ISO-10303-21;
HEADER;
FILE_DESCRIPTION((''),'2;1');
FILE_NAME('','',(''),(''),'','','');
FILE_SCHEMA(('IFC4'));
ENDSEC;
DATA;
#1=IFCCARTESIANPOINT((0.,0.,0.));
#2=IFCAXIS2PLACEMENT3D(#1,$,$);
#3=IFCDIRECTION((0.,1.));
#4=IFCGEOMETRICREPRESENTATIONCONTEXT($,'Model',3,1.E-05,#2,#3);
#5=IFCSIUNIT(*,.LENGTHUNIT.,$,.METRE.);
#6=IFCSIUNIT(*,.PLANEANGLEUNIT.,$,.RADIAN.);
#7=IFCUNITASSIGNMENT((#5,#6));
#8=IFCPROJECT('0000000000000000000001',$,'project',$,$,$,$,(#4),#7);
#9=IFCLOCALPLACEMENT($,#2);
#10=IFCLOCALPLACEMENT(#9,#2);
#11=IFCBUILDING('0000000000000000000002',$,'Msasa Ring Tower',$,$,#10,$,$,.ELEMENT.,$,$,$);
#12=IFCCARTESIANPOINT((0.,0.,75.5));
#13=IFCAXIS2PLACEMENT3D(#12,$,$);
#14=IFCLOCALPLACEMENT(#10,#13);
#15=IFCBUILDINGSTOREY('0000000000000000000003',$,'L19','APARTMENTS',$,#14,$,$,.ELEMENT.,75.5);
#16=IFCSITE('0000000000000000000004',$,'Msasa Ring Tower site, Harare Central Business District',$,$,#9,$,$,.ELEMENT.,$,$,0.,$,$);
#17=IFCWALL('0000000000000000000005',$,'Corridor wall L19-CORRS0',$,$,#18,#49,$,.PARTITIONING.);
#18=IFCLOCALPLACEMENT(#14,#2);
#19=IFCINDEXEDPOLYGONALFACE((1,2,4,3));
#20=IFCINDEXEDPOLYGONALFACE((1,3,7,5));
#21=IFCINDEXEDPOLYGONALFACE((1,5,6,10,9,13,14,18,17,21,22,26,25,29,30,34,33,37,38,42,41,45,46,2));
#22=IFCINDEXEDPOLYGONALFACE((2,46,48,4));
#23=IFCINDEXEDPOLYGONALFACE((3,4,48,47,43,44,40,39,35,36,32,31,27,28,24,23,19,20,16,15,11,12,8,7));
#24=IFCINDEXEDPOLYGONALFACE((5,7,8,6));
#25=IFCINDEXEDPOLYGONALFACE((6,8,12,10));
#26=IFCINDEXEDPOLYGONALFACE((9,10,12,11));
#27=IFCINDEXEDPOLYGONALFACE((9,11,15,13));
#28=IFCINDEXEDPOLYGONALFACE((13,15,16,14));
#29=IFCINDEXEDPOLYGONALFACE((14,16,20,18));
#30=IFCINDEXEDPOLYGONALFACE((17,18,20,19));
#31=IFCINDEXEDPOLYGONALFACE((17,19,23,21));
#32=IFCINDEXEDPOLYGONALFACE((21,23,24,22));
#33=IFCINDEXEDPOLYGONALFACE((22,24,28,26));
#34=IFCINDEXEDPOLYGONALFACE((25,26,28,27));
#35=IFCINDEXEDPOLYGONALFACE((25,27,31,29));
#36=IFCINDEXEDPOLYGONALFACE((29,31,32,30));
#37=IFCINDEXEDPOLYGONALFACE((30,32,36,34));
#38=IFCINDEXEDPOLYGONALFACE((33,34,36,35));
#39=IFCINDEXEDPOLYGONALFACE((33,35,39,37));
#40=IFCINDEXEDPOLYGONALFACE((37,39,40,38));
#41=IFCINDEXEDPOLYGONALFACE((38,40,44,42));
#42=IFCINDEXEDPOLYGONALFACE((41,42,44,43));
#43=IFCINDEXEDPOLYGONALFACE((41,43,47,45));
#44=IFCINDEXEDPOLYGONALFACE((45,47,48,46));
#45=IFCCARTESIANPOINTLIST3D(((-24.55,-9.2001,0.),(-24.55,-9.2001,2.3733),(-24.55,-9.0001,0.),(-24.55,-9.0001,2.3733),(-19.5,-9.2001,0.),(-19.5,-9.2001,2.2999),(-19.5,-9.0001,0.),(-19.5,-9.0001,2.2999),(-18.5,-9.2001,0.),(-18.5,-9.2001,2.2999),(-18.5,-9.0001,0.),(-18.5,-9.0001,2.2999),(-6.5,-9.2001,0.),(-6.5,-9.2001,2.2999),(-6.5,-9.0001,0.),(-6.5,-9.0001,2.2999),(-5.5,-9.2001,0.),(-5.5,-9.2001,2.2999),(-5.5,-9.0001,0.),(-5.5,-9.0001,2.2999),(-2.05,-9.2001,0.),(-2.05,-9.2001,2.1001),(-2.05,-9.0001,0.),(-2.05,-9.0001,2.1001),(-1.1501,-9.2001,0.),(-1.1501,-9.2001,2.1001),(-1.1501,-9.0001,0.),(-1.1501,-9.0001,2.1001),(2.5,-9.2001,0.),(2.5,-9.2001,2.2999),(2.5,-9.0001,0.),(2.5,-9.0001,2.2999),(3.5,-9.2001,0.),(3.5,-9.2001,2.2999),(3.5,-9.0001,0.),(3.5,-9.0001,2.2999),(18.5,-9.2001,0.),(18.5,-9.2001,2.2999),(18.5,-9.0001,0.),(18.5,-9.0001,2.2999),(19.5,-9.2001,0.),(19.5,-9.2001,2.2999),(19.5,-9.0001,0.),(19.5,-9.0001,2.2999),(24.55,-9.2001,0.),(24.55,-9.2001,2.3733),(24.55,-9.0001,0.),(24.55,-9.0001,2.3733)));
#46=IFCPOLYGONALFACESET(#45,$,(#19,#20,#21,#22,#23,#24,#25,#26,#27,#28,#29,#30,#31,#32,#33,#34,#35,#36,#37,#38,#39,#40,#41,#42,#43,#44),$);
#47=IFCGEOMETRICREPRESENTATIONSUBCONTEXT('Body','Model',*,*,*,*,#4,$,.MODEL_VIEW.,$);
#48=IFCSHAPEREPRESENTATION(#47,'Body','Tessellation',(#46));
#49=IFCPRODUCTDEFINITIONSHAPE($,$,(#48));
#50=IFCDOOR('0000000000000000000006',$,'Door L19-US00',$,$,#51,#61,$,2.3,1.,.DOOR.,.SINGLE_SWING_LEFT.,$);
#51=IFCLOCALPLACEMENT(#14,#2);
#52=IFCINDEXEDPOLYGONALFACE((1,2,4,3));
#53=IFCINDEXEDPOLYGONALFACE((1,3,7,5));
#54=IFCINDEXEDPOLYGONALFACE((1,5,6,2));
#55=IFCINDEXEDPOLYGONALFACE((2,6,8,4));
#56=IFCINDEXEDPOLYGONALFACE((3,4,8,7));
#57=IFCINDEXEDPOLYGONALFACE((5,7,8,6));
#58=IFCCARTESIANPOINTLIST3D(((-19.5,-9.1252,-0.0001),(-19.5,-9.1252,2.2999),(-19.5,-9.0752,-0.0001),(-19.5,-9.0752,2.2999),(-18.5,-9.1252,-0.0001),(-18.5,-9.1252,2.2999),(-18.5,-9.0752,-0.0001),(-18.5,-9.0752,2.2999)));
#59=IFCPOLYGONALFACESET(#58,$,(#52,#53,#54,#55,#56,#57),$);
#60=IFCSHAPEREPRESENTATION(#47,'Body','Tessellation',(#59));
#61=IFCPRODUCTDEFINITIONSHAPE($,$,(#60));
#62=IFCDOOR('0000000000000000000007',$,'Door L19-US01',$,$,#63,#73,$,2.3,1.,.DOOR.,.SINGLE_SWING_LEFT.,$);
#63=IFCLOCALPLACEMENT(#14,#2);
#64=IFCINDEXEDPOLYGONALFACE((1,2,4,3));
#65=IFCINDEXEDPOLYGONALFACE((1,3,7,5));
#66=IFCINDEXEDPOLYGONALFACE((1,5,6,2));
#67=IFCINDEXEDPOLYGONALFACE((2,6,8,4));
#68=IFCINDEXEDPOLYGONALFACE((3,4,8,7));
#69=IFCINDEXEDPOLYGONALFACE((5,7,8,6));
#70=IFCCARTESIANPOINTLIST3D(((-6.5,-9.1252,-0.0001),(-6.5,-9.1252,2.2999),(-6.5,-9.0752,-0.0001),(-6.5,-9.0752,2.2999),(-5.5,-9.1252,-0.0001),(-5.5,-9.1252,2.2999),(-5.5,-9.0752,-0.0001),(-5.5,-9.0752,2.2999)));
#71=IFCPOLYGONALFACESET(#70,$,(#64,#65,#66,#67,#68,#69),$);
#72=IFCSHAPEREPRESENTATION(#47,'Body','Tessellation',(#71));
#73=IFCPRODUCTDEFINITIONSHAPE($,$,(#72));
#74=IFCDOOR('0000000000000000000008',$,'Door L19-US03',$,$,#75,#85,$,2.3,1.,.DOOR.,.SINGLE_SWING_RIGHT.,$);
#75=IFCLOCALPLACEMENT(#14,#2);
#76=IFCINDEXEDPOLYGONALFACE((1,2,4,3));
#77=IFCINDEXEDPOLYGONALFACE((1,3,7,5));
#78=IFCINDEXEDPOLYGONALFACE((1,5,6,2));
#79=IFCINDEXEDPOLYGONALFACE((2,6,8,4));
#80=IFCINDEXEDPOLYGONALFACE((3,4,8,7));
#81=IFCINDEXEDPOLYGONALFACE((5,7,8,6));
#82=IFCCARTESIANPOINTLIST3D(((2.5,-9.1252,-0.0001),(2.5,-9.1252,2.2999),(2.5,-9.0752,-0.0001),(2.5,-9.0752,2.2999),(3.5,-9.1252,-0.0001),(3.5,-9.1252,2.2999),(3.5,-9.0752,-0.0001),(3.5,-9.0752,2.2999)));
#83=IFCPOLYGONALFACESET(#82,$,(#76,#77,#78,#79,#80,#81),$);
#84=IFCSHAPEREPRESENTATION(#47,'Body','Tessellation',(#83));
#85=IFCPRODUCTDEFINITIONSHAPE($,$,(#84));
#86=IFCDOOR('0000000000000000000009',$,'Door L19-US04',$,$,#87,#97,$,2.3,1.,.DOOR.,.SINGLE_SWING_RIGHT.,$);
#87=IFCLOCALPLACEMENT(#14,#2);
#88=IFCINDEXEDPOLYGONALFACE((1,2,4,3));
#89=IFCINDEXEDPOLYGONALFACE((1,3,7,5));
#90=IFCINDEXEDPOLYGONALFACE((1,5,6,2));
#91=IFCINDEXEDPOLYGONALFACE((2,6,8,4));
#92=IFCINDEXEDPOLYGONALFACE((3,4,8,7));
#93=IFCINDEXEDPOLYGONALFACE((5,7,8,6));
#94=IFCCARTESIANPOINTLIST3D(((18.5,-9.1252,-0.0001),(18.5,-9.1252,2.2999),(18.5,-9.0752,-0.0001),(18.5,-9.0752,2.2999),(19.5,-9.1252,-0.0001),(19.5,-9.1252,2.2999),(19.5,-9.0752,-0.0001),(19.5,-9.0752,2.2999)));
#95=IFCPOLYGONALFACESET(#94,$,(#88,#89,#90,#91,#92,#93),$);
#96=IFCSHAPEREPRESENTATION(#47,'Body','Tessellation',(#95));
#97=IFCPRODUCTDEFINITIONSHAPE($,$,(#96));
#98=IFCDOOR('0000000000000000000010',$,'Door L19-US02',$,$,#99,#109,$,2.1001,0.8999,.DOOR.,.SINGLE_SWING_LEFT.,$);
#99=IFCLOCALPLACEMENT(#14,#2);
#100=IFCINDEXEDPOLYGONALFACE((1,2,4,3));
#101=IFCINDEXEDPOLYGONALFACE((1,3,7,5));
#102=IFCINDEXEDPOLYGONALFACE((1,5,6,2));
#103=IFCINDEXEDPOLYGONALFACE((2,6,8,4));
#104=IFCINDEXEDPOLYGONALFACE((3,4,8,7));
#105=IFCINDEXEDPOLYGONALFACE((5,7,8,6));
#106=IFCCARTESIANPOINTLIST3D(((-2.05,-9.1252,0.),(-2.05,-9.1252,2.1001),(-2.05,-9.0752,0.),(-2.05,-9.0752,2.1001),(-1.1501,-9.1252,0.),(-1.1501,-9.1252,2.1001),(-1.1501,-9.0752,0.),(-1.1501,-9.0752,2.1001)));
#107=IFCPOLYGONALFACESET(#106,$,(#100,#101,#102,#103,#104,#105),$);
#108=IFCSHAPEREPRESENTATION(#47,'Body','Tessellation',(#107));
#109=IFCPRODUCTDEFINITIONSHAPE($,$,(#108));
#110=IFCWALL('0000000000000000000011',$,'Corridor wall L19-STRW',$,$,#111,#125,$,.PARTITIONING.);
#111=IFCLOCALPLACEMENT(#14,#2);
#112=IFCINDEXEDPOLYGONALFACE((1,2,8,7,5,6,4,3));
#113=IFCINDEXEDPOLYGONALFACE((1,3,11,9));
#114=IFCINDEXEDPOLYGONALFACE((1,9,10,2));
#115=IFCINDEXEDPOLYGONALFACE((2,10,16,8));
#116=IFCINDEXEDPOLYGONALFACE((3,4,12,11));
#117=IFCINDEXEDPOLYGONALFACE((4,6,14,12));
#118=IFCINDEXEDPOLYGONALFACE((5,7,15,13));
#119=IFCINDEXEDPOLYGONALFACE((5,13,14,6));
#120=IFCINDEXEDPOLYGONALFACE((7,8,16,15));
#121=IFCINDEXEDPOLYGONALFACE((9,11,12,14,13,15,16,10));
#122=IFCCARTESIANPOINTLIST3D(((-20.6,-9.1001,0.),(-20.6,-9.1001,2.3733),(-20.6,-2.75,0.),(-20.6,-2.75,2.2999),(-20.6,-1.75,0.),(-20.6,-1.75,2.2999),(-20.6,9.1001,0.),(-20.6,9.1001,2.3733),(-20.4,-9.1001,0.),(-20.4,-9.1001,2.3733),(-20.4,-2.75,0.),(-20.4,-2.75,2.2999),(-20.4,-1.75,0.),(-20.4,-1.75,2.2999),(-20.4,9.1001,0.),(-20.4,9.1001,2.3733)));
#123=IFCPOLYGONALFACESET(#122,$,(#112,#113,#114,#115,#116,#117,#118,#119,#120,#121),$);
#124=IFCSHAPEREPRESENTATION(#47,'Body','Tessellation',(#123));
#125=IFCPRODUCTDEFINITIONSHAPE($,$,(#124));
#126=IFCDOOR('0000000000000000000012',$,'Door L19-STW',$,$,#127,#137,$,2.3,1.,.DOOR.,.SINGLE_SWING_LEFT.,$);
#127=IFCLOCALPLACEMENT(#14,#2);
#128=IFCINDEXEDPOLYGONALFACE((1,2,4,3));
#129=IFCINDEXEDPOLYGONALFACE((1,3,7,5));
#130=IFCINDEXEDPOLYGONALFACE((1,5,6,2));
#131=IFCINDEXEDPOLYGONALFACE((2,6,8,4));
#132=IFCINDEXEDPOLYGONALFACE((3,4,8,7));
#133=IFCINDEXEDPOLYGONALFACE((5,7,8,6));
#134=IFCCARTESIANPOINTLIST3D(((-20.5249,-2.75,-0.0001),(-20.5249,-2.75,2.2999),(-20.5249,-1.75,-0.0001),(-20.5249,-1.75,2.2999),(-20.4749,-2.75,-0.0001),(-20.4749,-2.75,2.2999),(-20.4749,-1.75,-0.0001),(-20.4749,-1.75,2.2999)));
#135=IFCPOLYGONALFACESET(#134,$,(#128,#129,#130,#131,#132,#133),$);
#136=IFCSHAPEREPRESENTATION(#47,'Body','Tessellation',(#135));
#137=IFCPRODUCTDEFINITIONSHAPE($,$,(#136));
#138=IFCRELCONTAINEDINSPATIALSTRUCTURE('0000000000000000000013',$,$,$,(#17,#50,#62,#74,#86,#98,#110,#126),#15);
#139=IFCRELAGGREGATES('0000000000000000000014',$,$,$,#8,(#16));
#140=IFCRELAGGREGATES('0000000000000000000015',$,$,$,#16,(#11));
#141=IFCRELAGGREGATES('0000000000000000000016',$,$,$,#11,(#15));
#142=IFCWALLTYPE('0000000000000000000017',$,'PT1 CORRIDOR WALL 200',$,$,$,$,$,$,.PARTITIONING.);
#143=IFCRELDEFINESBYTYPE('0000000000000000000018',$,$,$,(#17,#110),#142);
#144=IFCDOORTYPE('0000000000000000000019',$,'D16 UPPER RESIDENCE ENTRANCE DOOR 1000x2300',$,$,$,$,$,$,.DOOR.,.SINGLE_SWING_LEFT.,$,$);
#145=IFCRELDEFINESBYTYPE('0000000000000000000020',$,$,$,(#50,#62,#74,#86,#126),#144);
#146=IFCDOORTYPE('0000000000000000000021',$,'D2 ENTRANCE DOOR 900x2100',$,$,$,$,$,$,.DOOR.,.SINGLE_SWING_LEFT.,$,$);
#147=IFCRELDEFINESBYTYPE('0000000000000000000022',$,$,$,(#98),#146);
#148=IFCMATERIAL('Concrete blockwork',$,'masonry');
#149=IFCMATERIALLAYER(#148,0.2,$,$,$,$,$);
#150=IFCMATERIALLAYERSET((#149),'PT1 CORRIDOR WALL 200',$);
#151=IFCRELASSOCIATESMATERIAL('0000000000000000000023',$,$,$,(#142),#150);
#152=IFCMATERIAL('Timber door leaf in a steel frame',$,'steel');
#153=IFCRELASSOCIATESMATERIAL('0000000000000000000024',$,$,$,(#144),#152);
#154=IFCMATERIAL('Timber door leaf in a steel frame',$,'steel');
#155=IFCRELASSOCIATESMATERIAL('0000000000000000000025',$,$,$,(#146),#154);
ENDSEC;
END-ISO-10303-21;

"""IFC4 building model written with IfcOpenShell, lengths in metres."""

from ifc_helpers import new_model, si_unit, direction, frame, frame_2d, origin, place, context, subcontext, project, spatial, rectangle, extrude, material, layer, layer_set, type_object, element, fill, save


model = new_model("IFC4")

# Units and contexts
model_context = context("Model", 3, precision=1e-05, world=origin(), true_north=direction((0.0, 1.0)))
body_context = subcontext(model_context, "Body", "Model", "MODEL_VIEW")
ifc_project = project(units=[si_unit("LENGTHUNIT", "METRE"), si_unit("PLANEANGLEUNIT", "RADIAN")], contexts=[model_context])

# Site, building, storey
site_placement = place(None, origin())
site = spatial("IfcSite", under=ifc_project, at=site_placement, Name="Msasa Ring Tower site, Harare Central Business District", CompositionType="ELEMENT", RefElevation=0.0)
building_placement = place(site_placement, origin())
building = spatial("IfcBuilding", under=site, at=building_placement, Name="Msasa Ring Tower", CompositionType="ELEMENT")
storey_placement = place(building_placement, frame((0.0, 0.0, 75.5)))
storey = spatial("IfcBuildingStorey", under=building, at=storey_placement, Name="L19", Description="APARTMENTS", CompositionType="ELEMENT", Elevation=75.5)

# Wall, openings, doors
ifc_material_1 = material(Name="Concrete blockwork", Category="masonry")
ifc_layer_1 = layer(ifc_material_1, 0.2)
ifc_layer_set_1 = layer_set([ifc_layer_1], Name="PT1 CORRIDOR WALL 200")
wall_type_1 = type_object("IfcWallType", Name="PT1 CORRIDOR WALL 200", PredefinedType="PARTITIONING", material=ifc_layer_set_1)
wall_1_placement = place(storey_placement, frame((-24.55, -9.1001, 0.0), z_axis=(0.0, 0.0, 1.0), x_axis=(1.0, 0.0, 0.0)))
wall_1 = element("IfcWall", 1, at=wall_1_placement, inside=storey, type_object=wall_type_1, Name="Corridor wall L19-CORRS0", PredefinedType="PARTITIONING", context=body_context, shape_type="SweptSolid", body=[
    extrude(rectangle(XDim=49.1001, YDim=0.2, at=frame_2d((24.55, 0.0))), origin(), (0.0, 0.0, 1.0), 2.3733),
])
opening_1_placement = place(wall_1_placement, frame((5.05, 0.0, 0.0)))
opening_1 = element("IfcOpeningElement", 2, at=opening_1_placement, cuts=wall_1, PredefinedType="OPENING", context=body_context, shape_type="SweptSolid", body=[
    extrude(rectangle(XDim=1.0, YDim=2.3, at=frame_2d((0.5, 1.1499))), frame((0.0, 0.1099, 0.0), z_axis=(0.0, -1.0, 0.0), x_axis=(1.0, 0.0, 0.0)), (0.0, 0.0, 1.0), 0.22),
])
opening_2_placement = place(wall_1_placement, frame((18.05, 0.0, 0.0)))
opening_2 = element("IfcOpeningElement", 3, at=opening_2_placement, cuts=wall_1, PredefinedType="OPENING", context=body_context, shape_type="SweptSolid", body=[
    extrude(rectangle(XDim=1.0, YDim=2.3, at=frame_2d((0.5, 1.1499))), frame((0.0, 0.1099, 0.0), z_axis=(0.0, -1.0, 0.0), x_axis=(1.0, 0.0, 0.0)), (0.0, 0.0, 1.0), 0.22),
])
opening_3_placement = place(wall_1_placement, frame((22.5, 0.0, 0.0)))
opening_3 = element("IfcOpeningElement", 4, at=opening_3_placement, cuts=wall_1, PredefinedType="OPENING", context=body_context, shape_type="SweptSolid", body=[
    extrude(rectangle(XDim=0.8999, YDim=2.1001, at=frame_2d((0.45, 1.05))), frame((0.0, 0.1099, 0.0), z_axis=(0.0, -1.0, 0.0), x_axis=(1.0, 0.0, 0.0)), (0.0, 0.0, 1.0), 0.22),
])
opening_4_placement = place(wall_1_placement, frame((27.05, 0.0, 0.0)))
opening_4 = element("IfcOpeningElement", 5, at=opening_4_placement, cuts=wall_1, PredefinedType="OPENING", context=body_context, shape_type="SweptSolid", body=[
    extrude(rectangle(XDim=1.0, YDim=2.3, at=frame_2d((0.5, 1.1499))), frame((0.0, 0.1099, 0.0), z_axis=(0.0, -1.0, 0.0), x_axis=(1.0, 0.0, 0.0)), (0.0, 0.0, 1.0), 0.22),
])
opening_5_placement = place(wall_1_placement, frame((43.05, 0.0, 0.0)))
opening_5 = element("IfcOpeningElement", 6, at=opening_5_placement, cuts=wall_1, PredefinedType="OPENING", context=body_context, shape_type="SweptSolid", body=[
    extrude(rectangle(XDim=1.0, YDim=2.3, at=frame_2d((0.5, 1.1499))), frame((0.0, 0.1099, 0.0), z_axis=(0.0, -1.0, 0.0), x_axis=(1.0, 0.0, 0.0)), (0.0, 0.0, 1.0), 0.22),
])
ifc_material_2 = material(Name="Timber door leaf in a steel frame", Category="steel")
door_type_1 = type_object("IfcDoorType", Name="D16 UPPER RESIDENCE ENTRANCE DOOR 1000x2300", OperationType="SINGLE_SWING_LEFT", PredefinedType="DOOR", material=ifc_material_2)
door_1_placement = place(opening_1_placement, origin())
door_1 = element("IfcDoor", 7, at=door_1_placement, inside=storey, type_object=door_type_1, Name="Door L19-US00", OperationType="SINGLE_SWING_LEFT", OverallHeight=2.3, OverallWidth=1.0, PredefinedType="DOOR", context=body_context, shape_type="SweptSolid", body=[
    extrude(rectangle(XDim=1.0, YDim=2.3, at=frame_2d((0.5, 1.1499))), frame((0.0, 0.0249, 0.0), z_axis=(0.0, -1.0, 0.0), x_axis=(1.0, 0.0, 0.0)), (0.0, 0.0, 1.0), 0.05),
])
fill(opening_1, door_1)
door_2_placement = place(opening_2_placement, origin())
door_2 = element("IfcDoor", 8, at=door_2_placement, inside=storey, type_object=door_type_1, Name="Door L19-US01", OperationType="SINGLE_SWING_LEFT", OverallHeight=2.3, OverallWidth=1.0, PredefinedType="DOOR", context=body_context, shape_type="SweptSolid", body=[
    extrude(rectangle(XDim=1.0, YDim=2.3, at=frame_2d((0.5, 1.1499))), frame((0.0, 0.0249, 0.0), z_axis=(0.0, -1.0, 0.0), x_axis=(1.0, 0.0, 0.0)), (0.0, 0.0, 1.0), 0.05),
])
fill(opening_2, door_2)
door_3_placement = place(opening_4_placement, origin())
door_3 = element("IfcDoor", 9, at=door_3_placement, inside=storey, type_object=door_type_1, Name="Door L19-US03", OperationType="SINGLE_SWING_RIGHT", OverallHeight=2.3, OverallWidth=1.0, PredefinedType="DOOR", context=body_context, shape_type="SweptSolid", body=[
    extrude(rectangle(XDim=1.0, YDim=2.3, at=frame_2d((0.5, 1.1499))), frame((0.0, 0.0249, 0.0), z_axis=(0.0, -1.0, 0.0), x_axis=(1.0, 0.0, 0.0)), (0.0, 0.0, 1.0), 0.05),
])
fill(opening_4, door_3)
door_4_placement = place(opening_5_placement, origin())
door_4 = element("IfcDoor", 10, at=door_4_placement, inside=storey, type_object=door_type_1, Name="Door L19-US04", OperationType="SINGLE_SWING_RIGHT", OverallHeight=2.3, OverallWidth=1.0, PredefinedType="DOOR", context=body_context, shape_type="SweptSolid", body=[
    extrude(rectangle(XDim=1.0, YDim=2.3, at=frame_2d((0.5, 1.1499))), frame((0.0, 0.0249, 0.0), z_axis=(0.0, -1.0, 0.0), x_axis=(1.0, 0.0, 0.0)), (0.0, 0.0, 1.0), 0.05),
])
fill(opening_5, door_4)
ifc_material_3 = material(Name="Timber door leaf in a steel frame", Category="steel")
door_type_2 = type_object("IfcDoorType", Name="D2 ENTRANCE DOOR 900x2100", OperationType="SINGLE_SWING_LEFT", PredefinedType="DOOR", material=ifc_material_3)
door_5_placement = place(opening_3_placement, origin())
door_5 = element("IfcDoor", 11, at=door_5_placement, inside=storey, type_object=door_type_2, Name="Door L19-US02", OperationType="SINGLE_SWING_LEFT", OverallHeight=2.1001, OverallWidth=0.8999, PredefinedType="DOOR", context=body_context, shape_type="SweptSolid", body=[
    extrude(rectangle(XDim=0.8999, YDim=2.1001, at=frame_2d((0.45, 1.05))), frame((0.0, 0.0249, 0.0), z_axis=(0.0, -1.0, 0.0), x_axis=(1.0, 0.0, 0.0)), (0.0, 0.0, 1.0), 0.05),
])
fill(opening_3, door_5)

# Wall, opening, door
wall_2_placement = place(storey_placement, frame((-20.5, -9.1001, 0.0), z_axis=(0.0, 0.0, 1.0), x_axis=(0.0, 1.0, 0.0)))
wall_2 = element("IfcWall", 12, at=wall_2_placement, inside=storey, type_object=wall_type_1, Name="Corridor wall L19-STRW", PredefinedType="PARTITIONING", context=body_context, shape_type="SweptSolid", body=[
    extrude(rectangle(XDim=18.2002, YDim=0.2, at=frame_2d((9.1001, 0.0))), origin(), (0.0, 0.0, 1.0), 2.3733),
])
opening_6_placement = place(wall_2_placement, frame((6.3501, 0.0, 0.0)))
opening_6 = element("IfcOpeningElement", 13, at=opening_6_placement, cuts=wall_2, PredefinedType="OPENING", context=body_context, shape_type="SweptSolid", body=[
    extrude(rectangle(XDim=1.0, YDim=2.3, at=frame_2d((0.5, 1.1499))), frame((0.0, 0.1099, 0.0), z_axis=(0.0, -1.0, 0.0), x_axis=(1.0, 0.0, 0.0)), (0.0, 0.0, 1.0), 0.22),
])
door_6_placement = place(opening_6_placement, origin())
door_6 = element("IfcDoor", 14, at=door_6_placement, inside=storey, type_object=door_type_1, Name="Door L19-STW", OperationType="SINGLE_SWING_LEFT", OverallHeight=2.3, OverallWidth=1.0, PredefinedType="DOOR", context=body_context, shape_type="SweptSolid", body=[
    extrude(rectangle(XDim=1.0, YDim=2.3, at=frame_2d((0.5, 1.1499))), frame((0.0, 0.0249, 0.0), z_axis=(0.0, -1.0, 0.0), x_axis=(1.0, 0.0, 0.0)), (0.0, 0.0, 1.0), 0.05),
])
fill(opening_6, door_6)

save(model, "model.ifc")
